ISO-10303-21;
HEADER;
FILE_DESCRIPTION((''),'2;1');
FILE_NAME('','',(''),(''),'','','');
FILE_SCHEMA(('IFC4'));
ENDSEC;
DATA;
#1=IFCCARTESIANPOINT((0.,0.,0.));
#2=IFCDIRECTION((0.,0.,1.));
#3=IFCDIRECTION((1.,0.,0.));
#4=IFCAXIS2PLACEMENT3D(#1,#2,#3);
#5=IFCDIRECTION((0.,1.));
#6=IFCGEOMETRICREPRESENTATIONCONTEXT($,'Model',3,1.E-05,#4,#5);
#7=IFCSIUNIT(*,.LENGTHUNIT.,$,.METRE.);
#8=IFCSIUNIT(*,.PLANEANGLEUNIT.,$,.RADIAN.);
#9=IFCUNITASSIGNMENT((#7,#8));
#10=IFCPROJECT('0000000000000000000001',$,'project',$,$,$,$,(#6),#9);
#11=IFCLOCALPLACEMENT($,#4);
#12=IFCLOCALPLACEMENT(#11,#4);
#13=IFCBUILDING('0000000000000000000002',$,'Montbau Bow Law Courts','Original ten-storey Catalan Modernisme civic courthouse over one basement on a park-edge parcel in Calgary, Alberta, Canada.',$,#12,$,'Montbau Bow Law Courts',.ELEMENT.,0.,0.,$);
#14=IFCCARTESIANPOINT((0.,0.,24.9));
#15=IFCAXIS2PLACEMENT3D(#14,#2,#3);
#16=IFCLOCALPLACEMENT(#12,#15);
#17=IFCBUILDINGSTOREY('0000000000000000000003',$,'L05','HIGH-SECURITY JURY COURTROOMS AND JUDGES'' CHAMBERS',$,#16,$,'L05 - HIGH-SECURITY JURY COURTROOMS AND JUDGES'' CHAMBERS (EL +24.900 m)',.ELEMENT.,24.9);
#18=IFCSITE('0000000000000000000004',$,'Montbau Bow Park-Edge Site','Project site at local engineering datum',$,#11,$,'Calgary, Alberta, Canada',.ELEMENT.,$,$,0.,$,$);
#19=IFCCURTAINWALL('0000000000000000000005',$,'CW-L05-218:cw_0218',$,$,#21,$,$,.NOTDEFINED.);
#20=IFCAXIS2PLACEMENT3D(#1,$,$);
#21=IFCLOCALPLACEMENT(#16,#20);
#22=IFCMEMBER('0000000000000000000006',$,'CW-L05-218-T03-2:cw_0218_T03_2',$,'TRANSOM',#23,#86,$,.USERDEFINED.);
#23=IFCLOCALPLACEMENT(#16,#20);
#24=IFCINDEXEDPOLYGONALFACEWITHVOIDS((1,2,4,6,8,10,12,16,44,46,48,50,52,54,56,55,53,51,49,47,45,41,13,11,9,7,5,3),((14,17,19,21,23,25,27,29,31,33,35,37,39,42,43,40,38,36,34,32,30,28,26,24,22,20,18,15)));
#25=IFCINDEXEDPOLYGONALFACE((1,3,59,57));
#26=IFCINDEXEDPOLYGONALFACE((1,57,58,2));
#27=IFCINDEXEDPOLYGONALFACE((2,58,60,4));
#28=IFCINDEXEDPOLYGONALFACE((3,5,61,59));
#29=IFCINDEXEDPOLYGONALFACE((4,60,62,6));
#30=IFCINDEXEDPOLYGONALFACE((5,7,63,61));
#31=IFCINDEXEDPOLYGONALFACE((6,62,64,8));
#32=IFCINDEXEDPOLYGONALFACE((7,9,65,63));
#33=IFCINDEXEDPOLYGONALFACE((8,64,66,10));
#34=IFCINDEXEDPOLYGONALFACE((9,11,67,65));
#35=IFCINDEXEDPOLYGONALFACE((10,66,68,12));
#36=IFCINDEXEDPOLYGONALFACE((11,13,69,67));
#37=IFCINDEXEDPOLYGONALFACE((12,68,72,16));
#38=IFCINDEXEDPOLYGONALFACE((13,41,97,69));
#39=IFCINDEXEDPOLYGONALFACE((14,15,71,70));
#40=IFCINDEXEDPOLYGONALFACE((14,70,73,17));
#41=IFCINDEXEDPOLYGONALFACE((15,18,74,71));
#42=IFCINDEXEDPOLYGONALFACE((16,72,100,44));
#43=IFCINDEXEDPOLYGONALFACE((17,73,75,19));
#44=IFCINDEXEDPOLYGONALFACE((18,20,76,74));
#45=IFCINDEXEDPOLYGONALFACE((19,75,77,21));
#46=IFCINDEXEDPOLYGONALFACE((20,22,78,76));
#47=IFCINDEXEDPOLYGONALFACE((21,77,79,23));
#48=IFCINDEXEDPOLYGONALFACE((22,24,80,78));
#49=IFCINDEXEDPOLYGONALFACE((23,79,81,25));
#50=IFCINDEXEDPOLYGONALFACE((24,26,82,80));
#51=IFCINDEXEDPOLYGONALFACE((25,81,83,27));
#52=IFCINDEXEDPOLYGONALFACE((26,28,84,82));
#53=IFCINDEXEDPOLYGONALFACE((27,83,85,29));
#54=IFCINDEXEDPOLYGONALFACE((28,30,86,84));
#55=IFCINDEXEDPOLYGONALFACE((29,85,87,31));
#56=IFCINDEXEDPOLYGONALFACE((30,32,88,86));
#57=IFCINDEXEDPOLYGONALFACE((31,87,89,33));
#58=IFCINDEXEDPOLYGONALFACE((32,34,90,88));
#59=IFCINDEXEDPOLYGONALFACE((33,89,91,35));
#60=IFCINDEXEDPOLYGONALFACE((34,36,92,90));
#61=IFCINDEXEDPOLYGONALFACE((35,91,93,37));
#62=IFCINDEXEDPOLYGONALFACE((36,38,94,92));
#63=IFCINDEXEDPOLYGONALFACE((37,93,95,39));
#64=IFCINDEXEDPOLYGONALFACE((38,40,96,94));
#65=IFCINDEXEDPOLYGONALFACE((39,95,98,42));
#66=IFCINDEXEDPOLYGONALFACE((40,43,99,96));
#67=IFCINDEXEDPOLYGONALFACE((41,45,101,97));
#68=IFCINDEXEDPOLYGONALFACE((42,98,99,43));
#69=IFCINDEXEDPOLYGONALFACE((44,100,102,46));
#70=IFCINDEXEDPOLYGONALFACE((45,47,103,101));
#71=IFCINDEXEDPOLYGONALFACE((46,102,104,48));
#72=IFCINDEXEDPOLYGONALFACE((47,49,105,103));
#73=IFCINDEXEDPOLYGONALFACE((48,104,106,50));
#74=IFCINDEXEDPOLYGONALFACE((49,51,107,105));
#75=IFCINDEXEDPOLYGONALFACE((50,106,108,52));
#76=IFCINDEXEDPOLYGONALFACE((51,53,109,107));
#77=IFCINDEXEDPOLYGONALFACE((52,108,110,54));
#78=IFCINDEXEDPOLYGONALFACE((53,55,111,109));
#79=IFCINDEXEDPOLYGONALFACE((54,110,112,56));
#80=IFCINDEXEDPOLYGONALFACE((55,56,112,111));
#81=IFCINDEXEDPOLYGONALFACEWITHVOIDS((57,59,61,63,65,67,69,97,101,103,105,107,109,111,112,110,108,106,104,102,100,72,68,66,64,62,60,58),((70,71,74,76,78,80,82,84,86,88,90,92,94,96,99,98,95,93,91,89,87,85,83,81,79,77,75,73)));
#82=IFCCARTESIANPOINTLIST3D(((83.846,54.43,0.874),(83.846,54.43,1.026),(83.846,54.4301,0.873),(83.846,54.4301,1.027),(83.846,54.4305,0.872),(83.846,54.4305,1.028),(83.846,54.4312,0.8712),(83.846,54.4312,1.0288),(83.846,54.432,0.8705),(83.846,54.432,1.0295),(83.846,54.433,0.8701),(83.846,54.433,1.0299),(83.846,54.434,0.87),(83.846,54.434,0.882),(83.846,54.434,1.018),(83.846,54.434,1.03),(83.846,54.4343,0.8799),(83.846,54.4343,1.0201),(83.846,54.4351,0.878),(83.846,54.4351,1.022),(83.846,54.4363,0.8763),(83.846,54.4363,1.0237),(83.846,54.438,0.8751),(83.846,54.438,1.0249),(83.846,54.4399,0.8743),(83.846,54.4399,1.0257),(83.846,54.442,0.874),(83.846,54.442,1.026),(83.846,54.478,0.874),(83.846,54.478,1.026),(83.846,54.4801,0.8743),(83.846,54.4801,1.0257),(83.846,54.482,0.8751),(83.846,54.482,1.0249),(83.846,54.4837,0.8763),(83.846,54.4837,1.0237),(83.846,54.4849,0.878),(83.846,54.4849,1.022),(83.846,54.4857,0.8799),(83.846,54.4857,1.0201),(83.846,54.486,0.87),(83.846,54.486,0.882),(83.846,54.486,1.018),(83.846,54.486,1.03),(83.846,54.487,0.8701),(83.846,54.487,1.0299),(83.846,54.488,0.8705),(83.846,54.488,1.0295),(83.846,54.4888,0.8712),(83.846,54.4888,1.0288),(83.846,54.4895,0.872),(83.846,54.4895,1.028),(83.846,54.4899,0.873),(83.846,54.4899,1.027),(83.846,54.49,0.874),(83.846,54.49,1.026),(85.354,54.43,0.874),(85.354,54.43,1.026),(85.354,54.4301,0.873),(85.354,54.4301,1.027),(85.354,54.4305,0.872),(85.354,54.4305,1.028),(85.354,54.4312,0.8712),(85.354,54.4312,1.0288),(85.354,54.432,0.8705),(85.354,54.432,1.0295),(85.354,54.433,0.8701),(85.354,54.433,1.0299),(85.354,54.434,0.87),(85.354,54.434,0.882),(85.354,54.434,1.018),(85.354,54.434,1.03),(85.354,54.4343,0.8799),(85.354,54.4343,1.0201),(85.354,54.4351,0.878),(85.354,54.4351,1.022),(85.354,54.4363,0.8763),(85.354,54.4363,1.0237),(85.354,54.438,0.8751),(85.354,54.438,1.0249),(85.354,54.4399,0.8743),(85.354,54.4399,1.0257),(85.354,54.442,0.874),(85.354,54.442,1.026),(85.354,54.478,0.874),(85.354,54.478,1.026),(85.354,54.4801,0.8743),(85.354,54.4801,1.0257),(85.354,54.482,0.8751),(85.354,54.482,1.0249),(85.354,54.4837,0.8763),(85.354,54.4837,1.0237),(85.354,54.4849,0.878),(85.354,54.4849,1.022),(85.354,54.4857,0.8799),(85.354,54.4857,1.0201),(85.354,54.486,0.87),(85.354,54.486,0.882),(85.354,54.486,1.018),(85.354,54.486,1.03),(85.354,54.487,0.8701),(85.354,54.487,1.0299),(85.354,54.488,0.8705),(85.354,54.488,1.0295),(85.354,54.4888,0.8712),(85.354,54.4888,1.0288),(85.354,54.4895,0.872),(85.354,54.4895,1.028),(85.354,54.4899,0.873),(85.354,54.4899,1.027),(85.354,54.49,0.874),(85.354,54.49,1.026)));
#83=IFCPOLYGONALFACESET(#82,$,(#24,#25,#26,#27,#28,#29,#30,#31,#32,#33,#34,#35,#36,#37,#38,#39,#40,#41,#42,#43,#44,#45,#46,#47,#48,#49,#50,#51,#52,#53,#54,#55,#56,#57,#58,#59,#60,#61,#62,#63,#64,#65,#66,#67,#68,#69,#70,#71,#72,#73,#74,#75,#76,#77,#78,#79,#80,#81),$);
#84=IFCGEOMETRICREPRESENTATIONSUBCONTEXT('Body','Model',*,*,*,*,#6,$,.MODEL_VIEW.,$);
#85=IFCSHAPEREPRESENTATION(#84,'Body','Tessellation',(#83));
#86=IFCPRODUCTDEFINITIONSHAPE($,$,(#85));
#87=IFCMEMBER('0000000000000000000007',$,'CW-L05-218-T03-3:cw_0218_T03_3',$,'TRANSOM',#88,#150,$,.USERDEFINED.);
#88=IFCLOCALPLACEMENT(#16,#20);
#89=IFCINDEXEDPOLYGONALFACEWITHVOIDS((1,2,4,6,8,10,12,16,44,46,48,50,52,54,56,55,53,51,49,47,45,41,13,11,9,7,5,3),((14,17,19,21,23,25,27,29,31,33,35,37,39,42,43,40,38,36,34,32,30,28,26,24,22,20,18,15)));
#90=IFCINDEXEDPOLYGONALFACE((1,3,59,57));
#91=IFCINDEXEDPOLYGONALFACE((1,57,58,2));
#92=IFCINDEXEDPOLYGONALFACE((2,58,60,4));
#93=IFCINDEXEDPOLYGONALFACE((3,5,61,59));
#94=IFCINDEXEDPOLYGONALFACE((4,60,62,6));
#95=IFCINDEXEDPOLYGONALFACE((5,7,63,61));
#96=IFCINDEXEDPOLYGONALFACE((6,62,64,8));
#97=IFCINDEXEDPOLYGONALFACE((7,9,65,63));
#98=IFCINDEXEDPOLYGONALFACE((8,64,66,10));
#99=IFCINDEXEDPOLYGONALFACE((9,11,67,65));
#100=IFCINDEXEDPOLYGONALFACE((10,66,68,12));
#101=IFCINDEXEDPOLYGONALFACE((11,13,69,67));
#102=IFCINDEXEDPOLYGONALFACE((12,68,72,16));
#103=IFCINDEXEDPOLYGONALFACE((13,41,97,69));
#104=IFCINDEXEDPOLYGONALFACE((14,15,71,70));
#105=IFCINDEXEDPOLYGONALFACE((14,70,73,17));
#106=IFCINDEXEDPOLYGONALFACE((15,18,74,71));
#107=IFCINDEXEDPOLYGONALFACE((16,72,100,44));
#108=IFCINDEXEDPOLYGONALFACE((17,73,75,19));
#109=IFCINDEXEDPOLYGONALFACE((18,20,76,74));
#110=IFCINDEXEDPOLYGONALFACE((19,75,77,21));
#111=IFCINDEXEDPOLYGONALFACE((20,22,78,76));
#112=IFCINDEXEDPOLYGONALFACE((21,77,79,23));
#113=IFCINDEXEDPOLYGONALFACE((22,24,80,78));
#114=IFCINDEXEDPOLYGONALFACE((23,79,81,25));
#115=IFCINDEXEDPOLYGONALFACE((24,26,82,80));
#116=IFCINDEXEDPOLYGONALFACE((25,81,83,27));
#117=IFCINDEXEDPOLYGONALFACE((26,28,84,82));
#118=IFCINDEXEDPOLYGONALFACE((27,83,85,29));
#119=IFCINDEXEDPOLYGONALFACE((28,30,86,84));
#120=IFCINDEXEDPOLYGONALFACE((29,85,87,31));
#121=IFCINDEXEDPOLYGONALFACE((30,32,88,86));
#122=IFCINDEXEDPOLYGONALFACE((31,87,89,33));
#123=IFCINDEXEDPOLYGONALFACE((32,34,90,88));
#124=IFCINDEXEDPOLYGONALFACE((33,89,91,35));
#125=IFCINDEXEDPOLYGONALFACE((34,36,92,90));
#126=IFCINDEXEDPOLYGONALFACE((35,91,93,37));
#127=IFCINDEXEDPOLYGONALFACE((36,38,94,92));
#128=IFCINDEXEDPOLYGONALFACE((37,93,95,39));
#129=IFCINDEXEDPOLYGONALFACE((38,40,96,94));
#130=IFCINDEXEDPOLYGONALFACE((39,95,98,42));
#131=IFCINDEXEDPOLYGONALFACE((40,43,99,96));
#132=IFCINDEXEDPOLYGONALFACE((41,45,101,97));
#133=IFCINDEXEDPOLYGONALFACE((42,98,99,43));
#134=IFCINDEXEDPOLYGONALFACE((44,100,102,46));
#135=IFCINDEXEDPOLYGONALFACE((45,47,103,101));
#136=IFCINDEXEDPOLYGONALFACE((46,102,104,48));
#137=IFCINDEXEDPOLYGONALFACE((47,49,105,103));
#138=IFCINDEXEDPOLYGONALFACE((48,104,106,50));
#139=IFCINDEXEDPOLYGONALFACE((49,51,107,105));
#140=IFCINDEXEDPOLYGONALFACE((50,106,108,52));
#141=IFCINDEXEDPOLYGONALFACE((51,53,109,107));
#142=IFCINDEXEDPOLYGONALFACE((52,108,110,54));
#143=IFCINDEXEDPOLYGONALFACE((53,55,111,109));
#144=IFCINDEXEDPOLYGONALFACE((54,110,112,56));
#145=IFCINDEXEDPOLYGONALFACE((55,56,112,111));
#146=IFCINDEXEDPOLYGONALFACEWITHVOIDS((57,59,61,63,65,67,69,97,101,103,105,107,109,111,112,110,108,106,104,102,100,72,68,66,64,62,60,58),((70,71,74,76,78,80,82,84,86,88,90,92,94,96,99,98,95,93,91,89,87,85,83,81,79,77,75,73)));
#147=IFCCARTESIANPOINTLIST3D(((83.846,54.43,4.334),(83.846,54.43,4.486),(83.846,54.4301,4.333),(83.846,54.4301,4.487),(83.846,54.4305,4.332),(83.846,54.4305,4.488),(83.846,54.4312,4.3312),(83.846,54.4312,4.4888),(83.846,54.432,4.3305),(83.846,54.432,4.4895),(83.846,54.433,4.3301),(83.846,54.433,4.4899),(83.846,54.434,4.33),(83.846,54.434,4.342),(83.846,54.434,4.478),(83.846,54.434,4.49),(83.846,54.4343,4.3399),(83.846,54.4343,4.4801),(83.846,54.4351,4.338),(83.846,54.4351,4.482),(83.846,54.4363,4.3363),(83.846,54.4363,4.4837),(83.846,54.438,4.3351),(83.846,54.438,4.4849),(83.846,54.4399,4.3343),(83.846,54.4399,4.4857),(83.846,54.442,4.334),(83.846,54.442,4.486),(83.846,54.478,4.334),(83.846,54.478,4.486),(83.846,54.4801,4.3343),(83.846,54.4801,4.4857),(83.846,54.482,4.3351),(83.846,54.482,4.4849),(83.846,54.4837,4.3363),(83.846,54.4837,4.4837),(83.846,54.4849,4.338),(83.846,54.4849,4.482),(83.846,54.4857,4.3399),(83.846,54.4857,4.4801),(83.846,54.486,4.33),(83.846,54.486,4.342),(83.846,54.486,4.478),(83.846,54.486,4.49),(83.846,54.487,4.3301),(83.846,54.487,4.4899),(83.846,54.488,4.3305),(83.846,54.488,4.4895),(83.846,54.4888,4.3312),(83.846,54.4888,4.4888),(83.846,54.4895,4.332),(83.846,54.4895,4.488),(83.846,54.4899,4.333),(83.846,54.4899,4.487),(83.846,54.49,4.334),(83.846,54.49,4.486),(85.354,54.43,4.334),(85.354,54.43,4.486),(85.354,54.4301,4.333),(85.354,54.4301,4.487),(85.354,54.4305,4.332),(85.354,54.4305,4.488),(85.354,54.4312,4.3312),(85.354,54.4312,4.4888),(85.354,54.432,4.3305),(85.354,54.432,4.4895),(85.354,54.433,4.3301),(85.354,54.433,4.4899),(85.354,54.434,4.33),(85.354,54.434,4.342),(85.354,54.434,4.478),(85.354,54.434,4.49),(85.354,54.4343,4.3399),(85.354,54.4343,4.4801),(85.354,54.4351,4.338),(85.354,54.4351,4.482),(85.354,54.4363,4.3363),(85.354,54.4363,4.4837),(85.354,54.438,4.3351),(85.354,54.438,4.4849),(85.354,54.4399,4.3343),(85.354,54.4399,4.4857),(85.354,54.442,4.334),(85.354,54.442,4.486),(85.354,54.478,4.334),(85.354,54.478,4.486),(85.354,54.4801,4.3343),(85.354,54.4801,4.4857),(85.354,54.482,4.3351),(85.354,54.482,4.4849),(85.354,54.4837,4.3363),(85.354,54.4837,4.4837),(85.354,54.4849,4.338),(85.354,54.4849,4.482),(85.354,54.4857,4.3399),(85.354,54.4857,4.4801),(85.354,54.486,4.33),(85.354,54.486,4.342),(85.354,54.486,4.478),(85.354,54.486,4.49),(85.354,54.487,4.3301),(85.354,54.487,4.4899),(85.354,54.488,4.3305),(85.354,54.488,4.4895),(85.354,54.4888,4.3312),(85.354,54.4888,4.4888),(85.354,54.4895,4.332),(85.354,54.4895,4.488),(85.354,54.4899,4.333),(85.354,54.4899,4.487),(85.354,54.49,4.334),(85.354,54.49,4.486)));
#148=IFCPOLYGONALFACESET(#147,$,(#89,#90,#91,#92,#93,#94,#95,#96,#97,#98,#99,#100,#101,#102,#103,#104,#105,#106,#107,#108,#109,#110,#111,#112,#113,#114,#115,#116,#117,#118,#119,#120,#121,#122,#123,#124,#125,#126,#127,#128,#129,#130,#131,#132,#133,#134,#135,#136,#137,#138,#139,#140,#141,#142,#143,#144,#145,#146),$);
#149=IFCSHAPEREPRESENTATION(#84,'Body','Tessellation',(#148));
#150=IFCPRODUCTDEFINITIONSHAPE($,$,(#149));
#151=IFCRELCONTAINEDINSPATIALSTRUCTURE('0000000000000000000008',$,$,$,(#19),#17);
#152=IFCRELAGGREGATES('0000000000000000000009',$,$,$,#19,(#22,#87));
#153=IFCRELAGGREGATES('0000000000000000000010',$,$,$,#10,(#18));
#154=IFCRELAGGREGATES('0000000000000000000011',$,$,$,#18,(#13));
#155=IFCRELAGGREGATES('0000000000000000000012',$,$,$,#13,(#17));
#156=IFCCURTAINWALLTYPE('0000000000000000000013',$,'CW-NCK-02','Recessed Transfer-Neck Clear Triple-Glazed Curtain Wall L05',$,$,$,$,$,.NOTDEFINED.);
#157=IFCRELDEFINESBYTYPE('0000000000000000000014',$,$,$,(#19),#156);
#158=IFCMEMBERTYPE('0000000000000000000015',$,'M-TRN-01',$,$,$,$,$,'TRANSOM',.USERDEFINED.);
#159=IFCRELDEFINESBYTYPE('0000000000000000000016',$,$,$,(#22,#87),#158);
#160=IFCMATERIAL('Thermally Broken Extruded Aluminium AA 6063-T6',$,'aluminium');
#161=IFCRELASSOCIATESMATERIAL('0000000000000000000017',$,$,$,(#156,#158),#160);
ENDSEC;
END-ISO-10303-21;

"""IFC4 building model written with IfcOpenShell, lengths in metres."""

from ifc_helpers import new_model, si_unit, direction, frame, origin_with_axes, origin_2d_with_axis, place, context, subcontext, project, spatial, hollow_rectangle, extrude, material, material_profile, profile_set, type_object, element, aggregate, save


model = new_model("IFC4")

# Units and contexts
model_context = context("Model", 3, precision=1e-05, world=origin_with_axes(), true_north=direction((0.0, 1.0)))
body_context = subcontext(model_context, "Body", "Model", "MODEL_VIEW")
ifc_project = project(units=[si_unit("LENGTHUNIT", "METRE"), si_unit("PLANEANGLEUNIT", "RADIAN")], contexts=[model_context])

# Site, building, storey
site_placement = place(None, origin_with_axes())
site = spatial("IfcSite", under=ifc_project, at=site_placement, Name="Montbau Bow Park-Edge Site", Description="Project site at local engineering datum", LongName="Calgary, Alberta, Canada", CompositionType="ELEMENT", RefElevation=0.0)
building_placement = place(site_placement, origin_with_axes())
building = spatial("IfcBuilding", under=site, at=building_placement, Name="Montbau Bow Law Courts", Description="Original ten-storey Catalan Modernisme civic courthouse over one basement on a park-edge parcel in Calgary, Alberta, Canada.", LongName="Montbau Bow Law Courts", CompositionType="ELEMENT", ElevationOfRefHeight=0.0, ElevationOfTerrain=0.0)
storey_placement = place(building_placement, frame((0.0, 0.0, 24.9), z_axis=(0.0, 0.0, 1.0), x_axis=(1.0, 0.0, 0.0)))
storey = spatial("IfcBuildingStorey", under=building, at=storey_placement, Name="L05", Description="HIGH-SECURITY JURY COURTROOMS AND JUDGES' CHAMBERS", LongName="L05 - HIGH-SECURITY JURY COURTROOMS AND JUDGES' CHAMBERS (EL +24.900 m)", CompositionType="ELEMENT", Elevation=24.9)

# Curtain wall, members
ifc_material_1 = material(Name="Thermally Broken Extruded Aluminium AA 6063-T6", Category="aluminium")
curtain_wall_type = type_object("IfcCurtainWallType", Name="CW-NCK-02", Description="Recessed Transfer-Neck Clear Triple-Glazed Curtain Wall L05", PredefinedType="NOTDEFINED", material=ifc_material_1)
curtain_wall_placement = place(None, frame((80.668, 54.46, 24.9), z_axis=(0.0, 0.0, 1.0), x_axis=(1.0, 0.0, 0.0)))
curtain_wall = element("IfcCurtainWall", 1, at=curtain_wall_placement, inside=storey, type_object=curtain_wall_type, Name="CW-L05-218:cw_0218", PredefinedType="NOTDEFINED")
ifc_material_profile_1 = material_profile(ifc_material_1, hollow_rectangle(XDim=0.06, YDim=0.16, WallThickness=0.004, InnerFilletRadius=0.008, OuterFilletRadius=0.004, at=origin_2d_with_axis()), Name="CWT-160X60", Category="Main", Priority=0)
ifc_profile_set_1 = profile_set([ifc_material_profile_1], Name="Thermally Broken Extruded Aluminium AA 6063-T6")
member_type_1 = type_object("IfcMemberType", Name="M-TRN-01", ElementType="TRANSOM", PredefinedType="USERDEFINED", material=ifc_profile_set_1)
member_1_placement = place(None, frame((83.846, 54.46, 25.85), z_axis=(1.0, 0.0, 0.0), x_axis=(0.0, 1.0, 0.0)))
member_1 = element("IfcMember", 2, at=member_1_placement, type_object=member_type_1, Name="CW-L05-218-T03-2:cw_0218_T03_2", ObjectType="TRANSOM", PredefinedType="USERDEFINED", context=body_context, shape_type="SweptSolid", body=[
    extrude(hollow_rectangle(XDim=0.06, YDim=0.16, WallThickness=0.004, InnerFilletRadius=0.008, OuterFilletRadius=0.004, at=origin_2d_with_axis()), origin_with_axes(), (0.0, 0.0, 1.0), 1.508),
])
member_2_placement = place(None, frame((83.846, 54.46, 29.31), z_axis=(1.0, 0.0, 0.0), x_axis=(0.0, 1.0, 0.0)))
member_2 = element("IfcMember", 3, at=member_2_placement, type_object=member_type_1, Name="CW-L05-218-T03-3:cw_0218_T03_3", ObjectType="TRANSOM", PredefinedType="USERDEFINED", context=body_context, shape_type="SweptSolid", body=[
    extrude(hollow_rectangle(XDim=0.06, YDim=0.16, WallThickness=0.004, InnerFilletRadius=0.008, OuterFilletRadius=0.004, at=origin_2d_with_axis()), origin_with_axes(), (0.0, 0.0, 1.0), 1.508),
])
aggregate(curtain_wall, [member_1, member_2])

save(model, "model.ifc")
